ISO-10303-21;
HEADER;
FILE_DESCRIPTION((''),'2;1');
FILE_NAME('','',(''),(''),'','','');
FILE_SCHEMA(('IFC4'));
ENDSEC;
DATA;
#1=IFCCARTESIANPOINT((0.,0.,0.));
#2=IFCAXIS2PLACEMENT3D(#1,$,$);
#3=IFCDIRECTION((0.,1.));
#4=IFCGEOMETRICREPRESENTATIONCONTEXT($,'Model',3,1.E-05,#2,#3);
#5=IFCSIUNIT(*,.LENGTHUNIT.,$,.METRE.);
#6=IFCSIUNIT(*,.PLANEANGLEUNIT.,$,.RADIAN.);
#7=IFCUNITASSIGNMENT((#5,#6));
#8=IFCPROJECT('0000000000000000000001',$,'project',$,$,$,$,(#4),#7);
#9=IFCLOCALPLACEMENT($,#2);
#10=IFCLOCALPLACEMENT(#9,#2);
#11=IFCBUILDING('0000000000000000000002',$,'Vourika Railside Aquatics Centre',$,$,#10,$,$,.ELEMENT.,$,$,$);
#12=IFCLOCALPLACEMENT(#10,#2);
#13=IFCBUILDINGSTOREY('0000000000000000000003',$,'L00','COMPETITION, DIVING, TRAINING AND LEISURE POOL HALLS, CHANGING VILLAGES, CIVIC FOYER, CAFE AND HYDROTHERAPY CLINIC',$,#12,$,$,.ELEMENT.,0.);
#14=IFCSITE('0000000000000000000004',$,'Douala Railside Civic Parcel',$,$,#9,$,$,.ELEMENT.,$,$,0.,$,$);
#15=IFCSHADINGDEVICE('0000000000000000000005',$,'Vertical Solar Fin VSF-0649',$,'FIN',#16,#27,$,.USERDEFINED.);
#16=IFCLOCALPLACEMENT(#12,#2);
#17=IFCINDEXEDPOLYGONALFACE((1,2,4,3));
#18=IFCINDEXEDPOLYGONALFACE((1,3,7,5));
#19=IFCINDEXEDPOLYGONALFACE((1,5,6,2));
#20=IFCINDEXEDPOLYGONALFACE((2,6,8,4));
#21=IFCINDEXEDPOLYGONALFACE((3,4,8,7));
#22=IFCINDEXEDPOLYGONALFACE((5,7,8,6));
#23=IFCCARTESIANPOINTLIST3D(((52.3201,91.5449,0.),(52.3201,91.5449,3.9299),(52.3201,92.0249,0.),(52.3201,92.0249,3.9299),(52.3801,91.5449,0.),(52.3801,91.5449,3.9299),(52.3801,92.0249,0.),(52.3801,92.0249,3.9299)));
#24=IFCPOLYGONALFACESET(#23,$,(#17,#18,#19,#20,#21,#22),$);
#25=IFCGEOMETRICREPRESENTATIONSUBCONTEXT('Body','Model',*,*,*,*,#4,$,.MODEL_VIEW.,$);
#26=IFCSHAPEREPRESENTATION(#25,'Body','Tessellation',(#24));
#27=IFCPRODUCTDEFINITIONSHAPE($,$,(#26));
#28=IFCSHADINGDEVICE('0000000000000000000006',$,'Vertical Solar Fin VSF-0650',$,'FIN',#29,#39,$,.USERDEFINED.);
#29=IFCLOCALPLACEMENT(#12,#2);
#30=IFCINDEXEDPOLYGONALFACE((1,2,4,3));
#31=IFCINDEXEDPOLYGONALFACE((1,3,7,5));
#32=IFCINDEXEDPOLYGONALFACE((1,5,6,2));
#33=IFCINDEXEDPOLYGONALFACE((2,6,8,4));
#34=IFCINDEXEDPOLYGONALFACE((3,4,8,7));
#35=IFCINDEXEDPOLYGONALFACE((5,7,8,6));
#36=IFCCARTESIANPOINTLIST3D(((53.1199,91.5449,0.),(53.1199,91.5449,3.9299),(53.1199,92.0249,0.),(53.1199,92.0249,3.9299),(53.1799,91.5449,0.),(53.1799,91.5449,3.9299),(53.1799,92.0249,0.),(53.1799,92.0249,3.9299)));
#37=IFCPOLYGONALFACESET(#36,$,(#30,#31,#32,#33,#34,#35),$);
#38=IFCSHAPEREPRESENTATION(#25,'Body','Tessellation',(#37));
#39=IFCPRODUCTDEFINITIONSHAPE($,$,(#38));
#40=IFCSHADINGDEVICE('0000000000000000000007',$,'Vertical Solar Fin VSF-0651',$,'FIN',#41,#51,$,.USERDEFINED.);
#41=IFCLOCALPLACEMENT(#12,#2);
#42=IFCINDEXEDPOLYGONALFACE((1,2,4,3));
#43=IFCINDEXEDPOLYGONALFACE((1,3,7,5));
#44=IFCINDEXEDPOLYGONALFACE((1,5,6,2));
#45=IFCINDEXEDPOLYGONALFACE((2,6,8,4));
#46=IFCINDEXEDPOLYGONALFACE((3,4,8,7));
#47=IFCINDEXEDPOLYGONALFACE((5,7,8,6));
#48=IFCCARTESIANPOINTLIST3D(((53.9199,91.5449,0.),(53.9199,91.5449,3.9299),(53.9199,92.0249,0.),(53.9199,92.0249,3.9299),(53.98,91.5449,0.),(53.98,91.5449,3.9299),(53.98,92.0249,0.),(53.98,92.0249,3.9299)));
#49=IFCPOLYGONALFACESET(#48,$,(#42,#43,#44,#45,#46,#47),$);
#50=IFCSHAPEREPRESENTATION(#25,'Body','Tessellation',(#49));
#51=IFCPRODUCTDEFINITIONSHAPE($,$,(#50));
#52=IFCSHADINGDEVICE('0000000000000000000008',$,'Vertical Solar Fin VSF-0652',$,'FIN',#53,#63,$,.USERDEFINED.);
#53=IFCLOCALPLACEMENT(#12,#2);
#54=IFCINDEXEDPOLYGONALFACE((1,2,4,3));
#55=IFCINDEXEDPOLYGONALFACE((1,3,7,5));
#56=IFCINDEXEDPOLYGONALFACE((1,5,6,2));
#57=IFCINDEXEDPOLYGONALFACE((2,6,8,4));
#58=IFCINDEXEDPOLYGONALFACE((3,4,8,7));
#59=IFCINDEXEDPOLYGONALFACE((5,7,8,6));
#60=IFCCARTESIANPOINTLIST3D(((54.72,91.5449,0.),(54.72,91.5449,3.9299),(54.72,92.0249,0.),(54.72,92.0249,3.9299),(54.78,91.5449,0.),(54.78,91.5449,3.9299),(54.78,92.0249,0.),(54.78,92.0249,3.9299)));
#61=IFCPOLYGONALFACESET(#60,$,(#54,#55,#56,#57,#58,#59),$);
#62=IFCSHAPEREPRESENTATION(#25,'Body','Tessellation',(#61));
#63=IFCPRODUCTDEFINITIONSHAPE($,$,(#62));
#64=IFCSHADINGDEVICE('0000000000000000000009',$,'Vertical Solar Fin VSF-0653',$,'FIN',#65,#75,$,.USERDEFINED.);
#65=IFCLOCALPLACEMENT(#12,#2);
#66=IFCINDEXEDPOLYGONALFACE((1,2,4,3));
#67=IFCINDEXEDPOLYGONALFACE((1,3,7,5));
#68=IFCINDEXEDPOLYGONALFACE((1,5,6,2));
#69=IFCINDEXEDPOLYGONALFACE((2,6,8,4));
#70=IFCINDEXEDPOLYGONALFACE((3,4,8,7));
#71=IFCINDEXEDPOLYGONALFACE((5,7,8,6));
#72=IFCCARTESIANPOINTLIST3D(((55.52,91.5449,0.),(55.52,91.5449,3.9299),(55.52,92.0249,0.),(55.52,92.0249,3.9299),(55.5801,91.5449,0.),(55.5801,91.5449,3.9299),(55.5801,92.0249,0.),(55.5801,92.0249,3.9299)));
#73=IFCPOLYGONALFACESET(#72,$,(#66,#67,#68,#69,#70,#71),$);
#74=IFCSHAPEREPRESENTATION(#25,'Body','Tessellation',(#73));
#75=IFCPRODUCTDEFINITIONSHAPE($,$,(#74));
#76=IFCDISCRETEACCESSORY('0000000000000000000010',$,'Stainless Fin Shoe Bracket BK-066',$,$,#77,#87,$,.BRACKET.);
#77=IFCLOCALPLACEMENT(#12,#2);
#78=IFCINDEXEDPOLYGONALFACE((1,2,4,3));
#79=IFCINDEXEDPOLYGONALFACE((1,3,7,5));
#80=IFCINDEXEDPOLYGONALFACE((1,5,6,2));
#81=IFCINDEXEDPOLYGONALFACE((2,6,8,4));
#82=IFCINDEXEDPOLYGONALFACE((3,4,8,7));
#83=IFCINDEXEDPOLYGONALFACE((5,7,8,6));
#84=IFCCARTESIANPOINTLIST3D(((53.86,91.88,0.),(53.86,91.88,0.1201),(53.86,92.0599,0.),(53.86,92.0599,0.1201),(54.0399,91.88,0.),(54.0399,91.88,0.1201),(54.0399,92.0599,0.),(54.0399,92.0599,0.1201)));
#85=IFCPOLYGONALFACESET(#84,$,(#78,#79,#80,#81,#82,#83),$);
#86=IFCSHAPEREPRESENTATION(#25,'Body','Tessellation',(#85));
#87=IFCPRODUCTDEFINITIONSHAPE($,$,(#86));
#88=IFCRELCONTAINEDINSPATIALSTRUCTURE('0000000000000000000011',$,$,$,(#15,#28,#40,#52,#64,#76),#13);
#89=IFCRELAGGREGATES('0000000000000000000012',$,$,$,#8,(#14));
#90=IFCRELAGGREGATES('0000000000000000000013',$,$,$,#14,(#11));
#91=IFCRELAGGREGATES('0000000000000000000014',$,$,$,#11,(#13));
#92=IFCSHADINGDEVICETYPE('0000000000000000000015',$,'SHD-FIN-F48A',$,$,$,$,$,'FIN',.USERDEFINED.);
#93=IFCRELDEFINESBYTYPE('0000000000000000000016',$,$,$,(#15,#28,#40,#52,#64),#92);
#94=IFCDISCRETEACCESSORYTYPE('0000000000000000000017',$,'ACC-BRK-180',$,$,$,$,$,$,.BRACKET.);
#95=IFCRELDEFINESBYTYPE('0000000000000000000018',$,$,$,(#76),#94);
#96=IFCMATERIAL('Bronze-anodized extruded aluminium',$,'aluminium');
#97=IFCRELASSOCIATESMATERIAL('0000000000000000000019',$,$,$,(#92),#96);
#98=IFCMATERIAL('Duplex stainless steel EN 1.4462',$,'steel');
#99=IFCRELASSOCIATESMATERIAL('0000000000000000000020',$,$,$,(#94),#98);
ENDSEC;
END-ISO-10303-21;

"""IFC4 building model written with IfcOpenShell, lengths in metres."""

from ifc_helpers import new_model, si_unit, direction, frame, origin, origin_2d, place, context, subcontext, project, spatial, rectangle, extrude, material, material_profile, profile_set, type_object, element, save


model = new_model("IFC4")

# Units and contexts
model_context = context("Model", 3, precision=1e-05, world=origin(), true_north=direction((0.0, 1.0)))
body_context = subcontext(model_context, "Body", "Model", "MODEL_VIEW")
ifc_project = project(units=[si_unit("LENGTHUNIT", "METRE"), si_unit("PLANEANGLEUNIT", "RADIAN")], contexts=[model_context])

# Site, building, storey
site_placement = place(None, origin())
site = spatial("IfcSite", under=ifc_project, at=site_placement, Name="Douala Railside Civic Parcel", CompositionType="ELEMENT", RefElevation=0.0)
building_placement = place(site_placement, origin())
building = spatial("IfcBuilding", under=site, at=building_placement, Name="Vourika Railside Aquatics Centre", CompositionType="ELEMENT")
storey_placement = place(building_placement, origin())
storey = spatial("IfcBuildingStorey", under=building, at=storey_placement, Name="L00", Description="COMPETITION, DIVING, TRAINING AND LEISURE POOL HALLS, CHANGING VILLAGES, CIVIC FOYER, CAFE AND HYDROTHERAPY CLINIC", CompositionType="ELEMENT", Elevation=0.0)

# Shading devices
ifc_material_1 = material(Name="Bronze-anodized extruded aluminium", Category="aluminium")
ifc_material_profile_1 = material_profile(ifc_material_1, rectangle(XDim=0.0601, YDim=0.48, at=origin_2d()), Name="ALU-FIN 60x480")
ifc_profile_set_1 = profile_set([ifc_material_profile_1], Name="Bronze-anodized extruded aluminium")
shading_device_type = type_object("IfcShadingDeviceType", Name="SHD-FIN-F48A", ElementType="FIN", PredefinedType="USERDEFINED", material=ifc_profile_set_1)
for number, where, z_axis, x_axis, name in (
    (1, (52.3501, 91.7849, 0.0), (0.0, 0.0, 1.0), (-1.0, 0.0, 0.0), "Vertical Solar Fin VSF-0649"),
    (2, (53.1499, 91.7849, 0.0), (0.0, 0.0, 1.0), (-1.0, 0.0, 0.0), "Vertical Solar Fin VSF-0650"),
    (3, (53.95, 91.7849, 0.0), (0.0, 0.0, 1.0), (-1.0, 0.0, 0.0), "Vertical Solar Fin VSF-0651"),
    (4, (54.75, 91.7849, 0.0), (0.0, 0.0, 1.0), (-1.0, 0.0, 0.0), "Vertical Solar Fin VSF-0652"),
    (5, (55.55, 91.7849, 0.0), (0.0, 0.0, 1.0), (-1.0, 0.0, 0.0), "Vertical Solar Fin VSF-0653"),
):
    element("IfcShadingDevice", number, at=place(storey_placement, frame(where, z_axis=z_axis, x_axis=x_axis)), inside=storey, type_object=shading_device_type, Name=name, ObjectType="FIN", PredefinedType="USERDEFINED", context=body_context, shape_type="SweptSolid", body=[
        extrude(rectangle(XDim=0.0601, YDim=0.48, at=origin_2d()), origin(), (0.0, 0.0, 1.0), 3.9299),
    ])

# Discrete accessory
ifc_material_2 = material(Name="Duplex stainless steel EN 1.4462", Category="steel")
discrete_accessory_type = type_object("IfcDiscreteAccessoryType", Name="ACC-BRK-180", PredefinedType="BRACKET", material=ifc_material_2)
discrete_accessory_placement = place(storey_placement, frame((53.95, 91.97, 0.0), z_axis=(0.0, 0.0, 1.0), x_axis=(0.0, -1.0, 0.0)))
element("IfcDiscreteAccessory", 6, at=discrete_accessory_placement, inside=storey, type_object=discrete_accessory_type, Name="Stainless Fin Shoe Bracket BK-066", PredefinedType="BRACKET", context=body_context, shape_type="SweptSolid", body=[
    extrude(rectangle(XDim=0.1799, YDim=0.1799, at=origin_2d()), origin(), (0.0, 0.0, 1.0), 0.1201),
])

save(model, "model.ifc")
